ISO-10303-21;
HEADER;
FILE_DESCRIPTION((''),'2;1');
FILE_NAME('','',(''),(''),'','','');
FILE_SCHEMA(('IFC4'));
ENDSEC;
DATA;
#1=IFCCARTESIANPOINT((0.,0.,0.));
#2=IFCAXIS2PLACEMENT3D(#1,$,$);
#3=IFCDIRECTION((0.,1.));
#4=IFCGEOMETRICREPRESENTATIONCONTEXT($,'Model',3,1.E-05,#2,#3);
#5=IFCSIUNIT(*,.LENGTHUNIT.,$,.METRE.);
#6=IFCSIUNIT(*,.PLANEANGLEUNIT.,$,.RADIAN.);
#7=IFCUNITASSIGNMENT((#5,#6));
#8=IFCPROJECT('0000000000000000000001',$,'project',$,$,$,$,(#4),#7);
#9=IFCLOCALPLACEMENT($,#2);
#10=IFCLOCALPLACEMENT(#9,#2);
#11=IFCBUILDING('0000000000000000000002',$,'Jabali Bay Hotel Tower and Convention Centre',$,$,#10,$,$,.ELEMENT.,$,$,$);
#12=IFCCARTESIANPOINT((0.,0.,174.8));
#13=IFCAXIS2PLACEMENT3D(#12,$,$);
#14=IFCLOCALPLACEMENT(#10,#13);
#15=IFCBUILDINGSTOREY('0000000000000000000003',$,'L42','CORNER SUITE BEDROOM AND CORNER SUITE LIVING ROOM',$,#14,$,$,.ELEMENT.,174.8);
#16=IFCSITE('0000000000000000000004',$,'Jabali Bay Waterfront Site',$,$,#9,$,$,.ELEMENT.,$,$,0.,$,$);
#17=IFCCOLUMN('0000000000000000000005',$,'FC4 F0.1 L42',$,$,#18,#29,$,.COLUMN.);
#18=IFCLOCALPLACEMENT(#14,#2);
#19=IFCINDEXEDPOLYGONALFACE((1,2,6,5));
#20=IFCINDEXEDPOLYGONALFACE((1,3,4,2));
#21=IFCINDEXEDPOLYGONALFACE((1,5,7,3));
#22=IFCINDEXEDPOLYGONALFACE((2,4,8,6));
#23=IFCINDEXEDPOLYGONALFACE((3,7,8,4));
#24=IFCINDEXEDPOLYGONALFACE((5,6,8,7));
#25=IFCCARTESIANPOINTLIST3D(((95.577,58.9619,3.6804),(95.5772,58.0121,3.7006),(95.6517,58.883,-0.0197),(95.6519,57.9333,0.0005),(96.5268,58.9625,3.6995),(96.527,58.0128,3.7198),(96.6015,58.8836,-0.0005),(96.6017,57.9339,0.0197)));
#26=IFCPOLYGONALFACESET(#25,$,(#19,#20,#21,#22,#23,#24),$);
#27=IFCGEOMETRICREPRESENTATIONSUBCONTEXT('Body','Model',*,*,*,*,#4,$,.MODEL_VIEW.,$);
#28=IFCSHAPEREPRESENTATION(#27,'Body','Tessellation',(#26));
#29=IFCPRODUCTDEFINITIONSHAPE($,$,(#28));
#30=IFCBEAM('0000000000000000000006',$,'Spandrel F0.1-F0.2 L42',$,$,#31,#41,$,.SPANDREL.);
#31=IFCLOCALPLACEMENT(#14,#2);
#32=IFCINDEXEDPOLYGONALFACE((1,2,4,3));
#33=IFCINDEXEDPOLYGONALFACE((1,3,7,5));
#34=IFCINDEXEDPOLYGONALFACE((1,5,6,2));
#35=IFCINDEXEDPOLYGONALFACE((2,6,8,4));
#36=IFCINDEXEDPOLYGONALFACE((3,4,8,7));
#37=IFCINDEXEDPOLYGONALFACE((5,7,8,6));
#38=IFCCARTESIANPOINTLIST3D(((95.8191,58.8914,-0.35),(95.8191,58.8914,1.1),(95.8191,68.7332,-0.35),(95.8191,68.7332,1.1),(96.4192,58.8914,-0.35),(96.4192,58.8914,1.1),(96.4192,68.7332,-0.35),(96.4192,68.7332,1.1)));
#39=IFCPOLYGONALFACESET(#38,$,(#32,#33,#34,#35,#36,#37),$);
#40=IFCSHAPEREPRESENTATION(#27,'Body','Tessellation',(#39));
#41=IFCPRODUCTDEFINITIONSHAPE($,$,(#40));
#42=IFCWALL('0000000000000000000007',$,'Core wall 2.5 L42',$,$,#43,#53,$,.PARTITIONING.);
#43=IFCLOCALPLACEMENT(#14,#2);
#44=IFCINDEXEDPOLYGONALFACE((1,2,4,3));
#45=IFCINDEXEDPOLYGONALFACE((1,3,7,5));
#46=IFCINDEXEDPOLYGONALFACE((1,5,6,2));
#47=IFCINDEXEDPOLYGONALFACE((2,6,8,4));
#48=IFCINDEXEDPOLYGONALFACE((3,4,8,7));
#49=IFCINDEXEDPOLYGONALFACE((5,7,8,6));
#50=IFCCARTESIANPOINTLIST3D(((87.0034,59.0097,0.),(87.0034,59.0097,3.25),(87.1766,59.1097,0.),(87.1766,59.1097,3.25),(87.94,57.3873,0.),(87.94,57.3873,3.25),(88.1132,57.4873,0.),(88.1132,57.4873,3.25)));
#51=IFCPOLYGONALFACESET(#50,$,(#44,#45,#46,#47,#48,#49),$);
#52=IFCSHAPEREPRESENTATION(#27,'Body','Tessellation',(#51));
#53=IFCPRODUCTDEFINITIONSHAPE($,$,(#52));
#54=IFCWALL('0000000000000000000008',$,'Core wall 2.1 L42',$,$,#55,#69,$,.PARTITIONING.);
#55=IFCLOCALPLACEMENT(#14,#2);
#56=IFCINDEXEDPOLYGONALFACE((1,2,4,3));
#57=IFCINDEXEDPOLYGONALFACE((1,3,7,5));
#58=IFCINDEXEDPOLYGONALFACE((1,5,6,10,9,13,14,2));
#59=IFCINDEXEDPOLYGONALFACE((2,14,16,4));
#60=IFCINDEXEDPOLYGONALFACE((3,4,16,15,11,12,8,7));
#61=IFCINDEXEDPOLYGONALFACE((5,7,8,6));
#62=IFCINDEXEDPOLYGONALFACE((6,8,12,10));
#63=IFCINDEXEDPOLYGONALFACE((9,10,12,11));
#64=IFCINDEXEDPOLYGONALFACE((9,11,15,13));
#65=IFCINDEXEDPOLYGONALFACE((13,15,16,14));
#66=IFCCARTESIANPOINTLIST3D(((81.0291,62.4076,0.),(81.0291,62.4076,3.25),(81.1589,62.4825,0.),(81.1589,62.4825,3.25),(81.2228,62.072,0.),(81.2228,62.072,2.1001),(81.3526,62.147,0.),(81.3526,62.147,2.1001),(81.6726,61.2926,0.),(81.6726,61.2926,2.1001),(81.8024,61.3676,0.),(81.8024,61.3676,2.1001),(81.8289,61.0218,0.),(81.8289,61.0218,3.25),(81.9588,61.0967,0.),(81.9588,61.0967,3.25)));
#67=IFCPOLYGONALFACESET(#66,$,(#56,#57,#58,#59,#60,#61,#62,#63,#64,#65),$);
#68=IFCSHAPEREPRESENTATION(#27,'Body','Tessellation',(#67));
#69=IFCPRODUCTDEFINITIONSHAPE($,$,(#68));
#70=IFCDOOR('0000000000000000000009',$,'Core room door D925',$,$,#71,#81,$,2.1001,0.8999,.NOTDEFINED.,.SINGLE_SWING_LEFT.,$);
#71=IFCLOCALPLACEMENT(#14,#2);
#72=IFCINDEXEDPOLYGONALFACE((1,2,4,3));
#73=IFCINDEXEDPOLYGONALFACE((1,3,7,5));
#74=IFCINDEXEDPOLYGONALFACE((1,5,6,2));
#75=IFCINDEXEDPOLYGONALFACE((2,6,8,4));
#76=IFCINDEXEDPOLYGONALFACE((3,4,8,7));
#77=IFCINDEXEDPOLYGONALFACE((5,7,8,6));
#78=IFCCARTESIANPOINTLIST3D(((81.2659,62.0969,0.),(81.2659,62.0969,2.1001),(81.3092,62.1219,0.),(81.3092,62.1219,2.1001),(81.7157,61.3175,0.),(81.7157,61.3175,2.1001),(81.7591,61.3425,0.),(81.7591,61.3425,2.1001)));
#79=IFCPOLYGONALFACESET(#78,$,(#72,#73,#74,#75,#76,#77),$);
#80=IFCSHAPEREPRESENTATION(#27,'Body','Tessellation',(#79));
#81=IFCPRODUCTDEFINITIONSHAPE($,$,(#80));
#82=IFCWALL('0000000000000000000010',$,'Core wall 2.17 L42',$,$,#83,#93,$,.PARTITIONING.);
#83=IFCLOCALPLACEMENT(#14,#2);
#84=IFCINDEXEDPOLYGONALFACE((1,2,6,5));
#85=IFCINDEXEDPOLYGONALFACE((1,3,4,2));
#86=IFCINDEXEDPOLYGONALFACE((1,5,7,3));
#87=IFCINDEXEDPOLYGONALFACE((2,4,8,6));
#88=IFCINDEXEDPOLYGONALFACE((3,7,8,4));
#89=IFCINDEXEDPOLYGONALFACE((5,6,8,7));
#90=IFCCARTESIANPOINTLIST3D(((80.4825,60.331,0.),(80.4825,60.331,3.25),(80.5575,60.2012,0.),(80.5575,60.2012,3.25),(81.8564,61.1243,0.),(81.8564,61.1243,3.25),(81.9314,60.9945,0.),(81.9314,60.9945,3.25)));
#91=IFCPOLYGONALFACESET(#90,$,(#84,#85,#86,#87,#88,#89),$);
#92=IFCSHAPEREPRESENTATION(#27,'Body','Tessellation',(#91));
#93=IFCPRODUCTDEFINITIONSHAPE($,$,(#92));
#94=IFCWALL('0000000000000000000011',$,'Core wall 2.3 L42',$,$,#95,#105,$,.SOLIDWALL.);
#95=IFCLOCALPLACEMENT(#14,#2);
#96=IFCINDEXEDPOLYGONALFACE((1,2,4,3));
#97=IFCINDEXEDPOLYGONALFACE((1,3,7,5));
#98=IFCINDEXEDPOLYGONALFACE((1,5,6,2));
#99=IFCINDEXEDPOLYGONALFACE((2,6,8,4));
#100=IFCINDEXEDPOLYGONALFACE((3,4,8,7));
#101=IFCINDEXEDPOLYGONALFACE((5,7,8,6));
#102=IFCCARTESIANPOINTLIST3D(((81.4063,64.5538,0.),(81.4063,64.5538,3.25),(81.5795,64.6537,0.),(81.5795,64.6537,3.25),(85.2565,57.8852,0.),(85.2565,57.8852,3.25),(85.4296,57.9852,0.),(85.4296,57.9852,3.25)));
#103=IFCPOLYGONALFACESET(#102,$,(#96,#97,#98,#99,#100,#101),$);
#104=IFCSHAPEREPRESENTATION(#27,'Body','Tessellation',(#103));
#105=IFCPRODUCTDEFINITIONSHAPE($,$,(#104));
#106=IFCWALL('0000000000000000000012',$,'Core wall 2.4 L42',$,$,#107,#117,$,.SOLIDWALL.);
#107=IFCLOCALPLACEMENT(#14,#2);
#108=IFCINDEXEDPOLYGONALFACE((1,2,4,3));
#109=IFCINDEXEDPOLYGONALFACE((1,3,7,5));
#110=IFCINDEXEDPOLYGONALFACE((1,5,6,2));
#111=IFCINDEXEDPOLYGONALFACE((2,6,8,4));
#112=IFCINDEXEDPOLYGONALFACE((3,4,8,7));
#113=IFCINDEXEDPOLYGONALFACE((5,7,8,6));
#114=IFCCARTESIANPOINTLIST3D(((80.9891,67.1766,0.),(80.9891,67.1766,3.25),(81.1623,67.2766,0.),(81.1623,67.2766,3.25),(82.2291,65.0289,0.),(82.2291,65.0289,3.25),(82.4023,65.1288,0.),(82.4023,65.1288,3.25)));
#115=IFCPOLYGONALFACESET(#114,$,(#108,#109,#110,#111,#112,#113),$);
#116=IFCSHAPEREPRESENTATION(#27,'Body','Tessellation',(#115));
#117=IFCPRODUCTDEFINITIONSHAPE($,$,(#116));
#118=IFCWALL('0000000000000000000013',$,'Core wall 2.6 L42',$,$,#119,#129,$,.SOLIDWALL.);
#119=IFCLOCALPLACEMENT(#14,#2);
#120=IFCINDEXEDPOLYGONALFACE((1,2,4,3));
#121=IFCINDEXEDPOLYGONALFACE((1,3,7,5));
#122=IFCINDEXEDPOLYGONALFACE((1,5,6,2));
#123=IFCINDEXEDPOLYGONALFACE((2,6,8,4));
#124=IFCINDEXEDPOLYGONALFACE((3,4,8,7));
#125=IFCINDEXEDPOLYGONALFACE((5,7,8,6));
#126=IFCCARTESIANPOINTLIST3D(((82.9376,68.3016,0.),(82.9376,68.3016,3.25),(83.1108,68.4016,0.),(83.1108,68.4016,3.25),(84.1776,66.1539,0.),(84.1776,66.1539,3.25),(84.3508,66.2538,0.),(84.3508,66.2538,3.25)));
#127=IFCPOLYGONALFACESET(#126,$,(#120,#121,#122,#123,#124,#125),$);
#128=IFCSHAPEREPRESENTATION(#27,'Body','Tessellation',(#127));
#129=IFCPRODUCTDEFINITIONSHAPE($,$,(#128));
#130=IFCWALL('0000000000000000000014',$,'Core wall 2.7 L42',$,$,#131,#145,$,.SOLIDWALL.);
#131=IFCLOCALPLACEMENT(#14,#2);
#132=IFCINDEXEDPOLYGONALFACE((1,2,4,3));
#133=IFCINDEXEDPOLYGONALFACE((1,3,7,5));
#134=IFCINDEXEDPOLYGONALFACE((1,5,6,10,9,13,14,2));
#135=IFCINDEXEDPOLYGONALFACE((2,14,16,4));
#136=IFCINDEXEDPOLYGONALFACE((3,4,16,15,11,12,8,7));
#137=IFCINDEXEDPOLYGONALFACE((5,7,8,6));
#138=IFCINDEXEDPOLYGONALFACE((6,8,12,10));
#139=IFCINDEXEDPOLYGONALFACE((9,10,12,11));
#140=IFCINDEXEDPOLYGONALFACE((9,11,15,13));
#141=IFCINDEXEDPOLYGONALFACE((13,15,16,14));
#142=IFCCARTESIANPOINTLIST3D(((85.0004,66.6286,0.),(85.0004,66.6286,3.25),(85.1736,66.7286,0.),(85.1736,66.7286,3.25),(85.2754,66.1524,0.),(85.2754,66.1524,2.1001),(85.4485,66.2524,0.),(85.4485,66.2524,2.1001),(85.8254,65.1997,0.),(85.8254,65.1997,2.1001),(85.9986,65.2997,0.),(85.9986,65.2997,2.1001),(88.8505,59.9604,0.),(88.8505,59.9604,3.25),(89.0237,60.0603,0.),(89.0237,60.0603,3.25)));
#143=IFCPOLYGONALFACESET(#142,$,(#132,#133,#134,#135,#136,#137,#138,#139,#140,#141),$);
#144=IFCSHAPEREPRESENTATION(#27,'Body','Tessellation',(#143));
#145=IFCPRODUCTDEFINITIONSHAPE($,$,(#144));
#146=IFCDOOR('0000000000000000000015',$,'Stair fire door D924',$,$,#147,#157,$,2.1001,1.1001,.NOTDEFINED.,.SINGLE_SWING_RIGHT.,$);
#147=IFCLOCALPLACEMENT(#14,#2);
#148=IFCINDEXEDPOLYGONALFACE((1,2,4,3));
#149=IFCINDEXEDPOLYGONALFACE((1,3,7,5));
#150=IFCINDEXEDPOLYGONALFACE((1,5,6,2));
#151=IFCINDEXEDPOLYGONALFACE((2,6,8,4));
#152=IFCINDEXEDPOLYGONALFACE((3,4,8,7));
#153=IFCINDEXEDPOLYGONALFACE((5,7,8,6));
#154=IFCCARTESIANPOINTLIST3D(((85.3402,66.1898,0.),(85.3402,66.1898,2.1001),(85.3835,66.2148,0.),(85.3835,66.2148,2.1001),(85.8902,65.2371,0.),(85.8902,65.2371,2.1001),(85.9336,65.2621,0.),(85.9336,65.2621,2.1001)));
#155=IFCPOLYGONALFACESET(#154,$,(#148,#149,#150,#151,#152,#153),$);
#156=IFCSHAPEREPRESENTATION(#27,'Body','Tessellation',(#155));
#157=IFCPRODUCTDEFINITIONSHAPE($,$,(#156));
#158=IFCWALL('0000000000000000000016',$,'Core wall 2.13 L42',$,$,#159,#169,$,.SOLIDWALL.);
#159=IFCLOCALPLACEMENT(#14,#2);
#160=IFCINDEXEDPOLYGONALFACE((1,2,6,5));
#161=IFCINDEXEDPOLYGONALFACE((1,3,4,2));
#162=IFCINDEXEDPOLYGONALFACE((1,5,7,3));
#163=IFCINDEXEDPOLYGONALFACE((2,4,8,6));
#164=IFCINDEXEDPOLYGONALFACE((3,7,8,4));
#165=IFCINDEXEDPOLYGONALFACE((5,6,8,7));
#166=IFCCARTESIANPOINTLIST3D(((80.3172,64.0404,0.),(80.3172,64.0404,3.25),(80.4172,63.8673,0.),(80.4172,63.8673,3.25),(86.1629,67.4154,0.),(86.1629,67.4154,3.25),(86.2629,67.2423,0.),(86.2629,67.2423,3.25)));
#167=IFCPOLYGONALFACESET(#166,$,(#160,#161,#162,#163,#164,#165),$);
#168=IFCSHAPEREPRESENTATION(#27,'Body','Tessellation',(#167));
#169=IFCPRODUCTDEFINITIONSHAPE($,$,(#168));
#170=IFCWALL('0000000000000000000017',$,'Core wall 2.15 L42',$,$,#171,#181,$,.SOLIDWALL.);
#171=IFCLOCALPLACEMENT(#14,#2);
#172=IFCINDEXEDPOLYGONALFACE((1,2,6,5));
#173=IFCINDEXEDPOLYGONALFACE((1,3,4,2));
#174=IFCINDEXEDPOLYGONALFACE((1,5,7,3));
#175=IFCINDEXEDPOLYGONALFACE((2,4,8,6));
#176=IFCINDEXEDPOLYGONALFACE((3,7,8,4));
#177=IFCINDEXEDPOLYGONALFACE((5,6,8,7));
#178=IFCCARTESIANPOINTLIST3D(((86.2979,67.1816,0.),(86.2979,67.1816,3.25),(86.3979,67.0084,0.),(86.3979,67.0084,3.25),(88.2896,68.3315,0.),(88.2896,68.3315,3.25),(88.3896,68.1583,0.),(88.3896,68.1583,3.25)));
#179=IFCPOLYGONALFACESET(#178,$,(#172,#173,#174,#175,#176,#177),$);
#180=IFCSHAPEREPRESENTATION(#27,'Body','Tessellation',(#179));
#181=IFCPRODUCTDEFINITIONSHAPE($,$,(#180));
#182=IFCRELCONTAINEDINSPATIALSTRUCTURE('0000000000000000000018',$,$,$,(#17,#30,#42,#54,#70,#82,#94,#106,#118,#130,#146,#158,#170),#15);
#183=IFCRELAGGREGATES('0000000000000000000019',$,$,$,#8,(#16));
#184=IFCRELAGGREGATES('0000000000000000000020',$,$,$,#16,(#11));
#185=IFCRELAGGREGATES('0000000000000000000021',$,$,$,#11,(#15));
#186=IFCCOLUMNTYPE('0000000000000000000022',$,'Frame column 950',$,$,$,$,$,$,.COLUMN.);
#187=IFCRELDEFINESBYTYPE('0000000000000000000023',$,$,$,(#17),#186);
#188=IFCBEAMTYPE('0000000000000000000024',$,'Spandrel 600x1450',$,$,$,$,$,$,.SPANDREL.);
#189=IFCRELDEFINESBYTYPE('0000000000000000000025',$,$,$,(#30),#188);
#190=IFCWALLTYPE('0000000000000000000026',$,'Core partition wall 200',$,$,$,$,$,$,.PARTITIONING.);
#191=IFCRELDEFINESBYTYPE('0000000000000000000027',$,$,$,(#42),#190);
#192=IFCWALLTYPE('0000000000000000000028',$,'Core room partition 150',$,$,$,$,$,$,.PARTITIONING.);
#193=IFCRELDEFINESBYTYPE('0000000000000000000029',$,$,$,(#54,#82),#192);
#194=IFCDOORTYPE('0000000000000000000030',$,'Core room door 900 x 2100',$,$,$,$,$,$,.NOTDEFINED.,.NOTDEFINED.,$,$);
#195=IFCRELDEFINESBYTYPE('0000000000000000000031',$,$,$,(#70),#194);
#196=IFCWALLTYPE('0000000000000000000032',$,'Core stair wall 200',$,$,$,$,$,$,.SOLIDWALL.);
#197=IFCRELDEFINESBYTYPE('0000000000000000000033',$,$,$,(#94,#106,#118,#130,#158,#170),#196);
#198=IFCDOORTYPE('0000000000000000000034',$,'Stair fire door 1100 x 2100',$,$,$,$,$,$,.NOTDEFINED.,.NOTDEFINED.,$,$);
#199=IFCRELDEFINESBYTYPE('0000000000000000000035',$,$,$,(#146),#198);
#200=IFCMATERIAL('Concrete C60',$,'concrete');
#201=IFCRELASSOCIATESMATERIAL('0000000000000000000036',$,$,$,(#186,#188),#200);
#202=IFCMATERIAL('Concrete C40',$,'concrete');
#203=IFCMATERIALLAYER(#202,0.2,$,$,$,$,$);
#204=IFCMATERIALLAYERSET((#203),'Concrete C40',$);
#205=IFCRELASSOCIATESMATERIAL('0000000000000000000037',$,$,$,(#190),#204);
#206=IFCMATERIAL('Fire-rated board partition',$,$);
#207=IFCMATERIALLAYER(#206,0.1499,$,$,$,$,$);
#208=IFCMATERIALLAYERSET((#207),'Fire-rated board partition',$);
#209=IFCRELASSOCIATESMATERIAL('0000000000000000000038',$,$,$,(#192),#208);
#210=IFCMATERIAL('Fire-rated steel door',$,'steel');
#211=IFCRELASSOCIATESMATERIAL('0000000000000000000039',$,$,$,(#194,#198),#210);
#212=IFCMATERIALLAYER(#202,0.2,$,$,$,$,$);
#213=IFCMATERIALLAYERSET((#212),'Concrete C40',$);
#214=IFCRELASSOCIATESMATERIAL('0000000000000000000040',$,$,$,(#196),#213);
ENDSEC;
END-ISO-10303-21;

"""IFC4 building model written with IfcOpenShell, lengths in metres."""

from ifc_helpers import new_model, si_unit, direction, frame, frame_2d, origin, origin_2d, place, context, subcontext, project, spatial, rectangle, extrude, material, layer, layer_set, material_profile, profile_set, type_object, element, fill, save


model = new_model("IFC4")

# Units and contexts
model_context = context("Model", 3, precision=1e-05, world=origin(), true_north=direction((0.0, 1.0)))
body_context = subcontext(model_context, "Body", "Model", "MODEL_VIEW")
ifc_project = project(units=[si_unit("LENGTHUNIT", "METRE"), si_unit("PLANEANGLEUNIT", "RADIAN")], contexts=[model_context])

# Site, building, storey
site_placement = place(None, origin())
site = spatial("IfcSite", under=ifc_project, at=site_placement, Name="Jabali Bay Waterfront Site", CompositionType="ELEMENT", RefElevation=0.0)
building_placement = place(site_placement, origin())
building = spatial("IfcBuilding", under=site, at=building_placement, Name="Jabali Bay Hotel Tower and Convention Centre", CompositionType="ELEMENT")
storey_placement = place(building_placement, frame((0.0, 0.0, 174.8)))
storey = spatial("IfcBuildingStorey", under=building, at=storey_placement, Name="L42", Description="CORNER SUITE BEDROOM AND CORNER SUITE LIVING ROOM", CompositionType="ELEMENT", Elevation=174.8)

# Column
ifc_material_1 = material(Name="Concrete C60", Category="concrete")
ifc_material_profile_1 = material_profile(ifc_material_1, rectangle(XDim=0.95, YDim=0.95, at=origin_2d()), Name="Frame column 950")
ifc_profile_set_1 = profile_set([ifc_material_profile_1], Name="Concrete C60")
column_type = type_object("IfcColumnType", Name="Frame column 950", PredefinedType="COLUMN", material=ifc_profile_set_1)
column_placement = place(storey_placement, frame((96.1267, 58.4084, 0.0), z_axis=(-0.020183, 0.021304, 0.999569), x_axis=(0.000228, -0.999773, 0.021313)))
element("IfcColumn", 1, at=column_placement, inside=storey, type_object=column_type, Name="FC4 F0.1 L42", PredefinedType="COLUMN", context=body_context, shape_type="SweptSolid", body=[
    extrude(rectangle(XDim=0.95, YDim=0.95, at=origin_2d()), origin(), (0.0, 0.0, 1.0), 3.7017),
])

# Beam
ifc_material_profile_2 = material_profile(ifc_material_1, rectangle(XDim=0.6001, YDim=1.45, at=origin_2d()), Name="Spandrel 600x1450")
ifc_profile_set_2 = profile_set([ifc_material_profile_2], Name="Concrete C60")
beam_type = type_object("IfcBeamType", Name="Spandrel 600x1450", PredefinedType="SPANDREL", material=ifc_profile_set_2)
beam_placement = place(storey_placement, frame((96.1191, 58.8914, 0.375), z_axis=(0.0, 1.0, 0.0), x_axis=(-1.0, 0.0, 0.0)))
element("IfcBeam", 2, at=beam_placement, inside=storey, type_object=beam_type, Name="Spandrel F0.1-F0.2 L42", PredefinedType="SPANDREL", context=body_context, shape_type="SweptSolid", body=[
    extrude(rectangle(XDim=0.6001, YDim=1.45, at=origin_2d()), origin(), (0.0, 0.0, 1.0), 9.8418),
])

# Wall
ifc_material_2 = material(Name="Concrete C40", Category="concrete")
ifc_layer_1 = layer(ifc_material_2, 0.2)
ifc_layer_set_1 = layer_set([ifc_layer_1], Name="Concrete C40")
wall_type_1 = type_object("IfcWallType", Name="Core partition wall 200", PredefinedType="PARTITIONING", material=ifc_layer_set_1)
wall_1_placement = place(storey_placement, frame((87.0901, 59.0596, 0.0), z_axis=(0.0, 0.0, 1.0), x_axis=(0.499952, -0.866053, 0.0)))
element("IfcWall", 3, at=wall_1_placement, inside=storey, type_object=wall_type_1, Name="Core wall 2.5 L42", PredefinedType="PARTITIONING", context=body_context, shape_type="SweptSolid", body=[
    extrude(rectangle(XDim=1.8733, YDim=0.2, at=frame_2d((0.9365, 0.0))), origin(), (0.0, 0.0, 1.0), 3.25),
])

# Wall, opening, door
ifc_material_3 = material(Name="Fire-rated board partition")
ifc_layer_2 = layer(ifc_material_3, 0.1499)
ifc_layer_set_2 = layer_set([ifc_layer_2], Name="Fire-rated board partition")
wall_type_2 = type_object("IfcWallType", Name="Core room partition 150", PredefinedType="PARTITIONING", material=ifc_layer_set_2)
wall_2_placement = place(storey_placement, frame((81.094, 62.4451, 0.0), z_axis=(0.0, 0.0, 1.0), x_axis=(0.499881, -0.866094, 0.0)))
wall_2 = element("IfcWall", 4, at=wall_2_placement, inside=storey, type_object=wall_type_2, Name="Core wall 2.1 L42", PredefinedType="PARTITIONING", context=body_context, shape_type="SweptSolid", body=[
    extrude(rectangle(XDim=1.6001, YDim=0.1499, at=frame_2d((0.8, 0.0))), origin(), (0.0, 0.0, 1.0), 3.25),
])
opening_1_placement = place(wall_2_placement, frame((0.3875, 0.0, 0.0)))
opening_1 = element("IfcOpeningElement", 5, at=opening_1_placement, cuts=wall_2, PredefinedType="OPENING", context=body_context, shape_type="SweptSolid", body=[
    extrude(rectangle(XDim=0.8999, YDim=2.1001, at=frame_2d((0.45, 1.05))), frame((0.0, 0.0854, 0.0), z_axis=(0.0, -1.0, 0.0), x_axis=(1.0, 0.0, 0.0)), (0.0, 0.0, 1.0), 0.1709),
])
ifc_material_4 = material(Name="Fire-rated steel door", Category="steel")
door_type_1 = type_object("IfcDoorType", Name="Core room door 900 x 2100", OperationType="NOTDEFINED", PredefinedType="NOTDEFINED", material=ifc_material_4)
door_1_placement = place(opening_1_placement, origin())
door_1 = element("IfcDoor", 6, at=door_1_placement, inside=storey, type_object=door_type_1, Name="Core room door D925", OperationType="SINGLE_SWING_LEFT", OverallHeight=2.1001, OverallWidth=0.8999, PredefinedType="NOTDEFINED", context=body_context, shape_type="SweptSolid", body=[
    extrude(rectangle(XDim=0.8999, YDim=2.1001, at=frame_2d((0.45, 1.05))), frame((0.0, 0.0249, 0.0), z_axis=(0.0, -1.0, 0.0), x_axis=(1.0, 0.0, 0.0)), (0.0, 0.0, 1.0), 0.05),
])
fill(opening_1, door_1)

# Walls
wall_3_placement = place(storey_placement, frame((80.52, 60.2661, 0.0), z_axis=(0.0, 0.0, 1.0), x_axis=(0.866009, 0.500029, 0.0)))
element("IfcWall", 7, at=wall_3_placement, inside=storey, type_object=wall_type_2, Name="Core wall 2.17 L42", PredefinedType="PARTITIONING", context=body_context, shape_type="SweptSolid", body=[
    extrude(rectangle(XDim=1.5864, YDim=0.1499, at=frame_2d((0.7932, 0.0))), origin(), (0.0, 0.0, 1.0), 3.25),
])
ifc_layer_3 = layer(ifc_material_2, 0.2)
ifc_layer_set_3 = layer_set([ifc_layer_3], Name="Concrete C40")
wall_type_3 = type_object("IfcWallType", Name="Core stair wall 200", PredefinedType="SOLIDWALL", material=ifc_layer_set_3)
wall_4_placement = place(storey_placement, frame((81.4929, 64.6038, 0.0), z_axis=(0.0, 0.0, 1.0), x_axis=(0.500006, -0.866022, 0.0)))
element("IfcWall", 8, at=wall_4_placement, inside=storey, type_object=wall_type_3, Name="Core wall 2.3 L42", PredefinedType="SOLIDWALL", context=body_context, shape_type="SweptSolid", body=[
    extrude(rectangle(XDim=7.7002, YDim=0.2, at=frame_2d((3.8501, 0.0))), origin(), (0.0, 0.0, 1.0), 3.25),
])
for number, where, z_axis, x_axis, name in (
    (9, (81.0757, 67.2266, 0.0), (0.0, 0.0, 1.0), (0.500004, -0.866023, 0.0), "Core wall 2.4 L42"),
    (10, (83.0242, 68.3516, 0.0), (0.0, 0.0, 1.0), (0.500004, -0.866023, 0.0), "Core wall 2.6 L42"),
):
    element("IfcWall", number, at=place(storey_placement, frame(where, z_axis=z_axis, x_axis=x_axis)), inside=storey, type_object=wall_type_3, Name=name, PredefinedType="SOLIDWALL", context=body_context, shape_type="SweptSolid", body=[
        extrude(rectangle(XDim=2.48, YDim=0.2, at=frame_2d((1.24, 0.0))), origin(), (0.0, 0.0, 1.0), 3.25),
    ])

# Wall, opening, door
wall_5_placement = place(storey_placement, frame((85.0869, 66.6787, 0.0), z_axis=(0.0, 0.0, 1.0), x_axis=(0.50002, -0.866014, 0.0)))
wall_5 = element("IfcWall", 11, at=wall_5_placement, inside=storey, type_object=wall_type_3, Name="Core wall 2.7 L42", PredefinedType="SOLIDWALL", context=body_context, shape_type="SweptSolid", body=[
    extrude(rectangle(XDim=7.7, YDim=0.2, at=frame_2d((3.8501, 0.0))), origin(), (0.0, 0.0, 1.0), 3.25),
])
opening_2_placement = place(wall_5_placement, frame((0.55, 0.0, 0.0)))
opening_2 = element("IfcOpeningElement", 12, at=opening_2_placement, cuts=wall_5, PredefinedType="OPENING", context=body_context, shape_type="SweptSolid", body=[
    extrude(rectangle(XDim=1.1001, YDim=2.1001, at=frame_2d((0.55, 1.05))), frame((0.0, 0.1104, 0.0), z_axis=(0.0, -1.0, 0.0), x_axis=(1.0, 0.0, 0.0)), (0.0, 0.0, 1.0), 0.2209),
])
door_type_2 = type_object("IfcDoorType", Name="Stair fire door 1100 x 2100", OperationType="NOTDEFINED", PredefinedType="NOTDEFINED", material=ifc_material_4)
door_2_placement = place(opening_2_placement, origin())
door_2 = element("IfcDoor", 13, at=door_2_placement, inside=storey, type_object=door_type_2, Name="Stair fire door D924", OperationType="SINGLE_SWING_RIGHT", OverallHeight=2.1001, OverallWidth=1.1001, PredefinedType="NOTDEFINED", context=body_context, shape_type="SweptSolid", body=[
    extrude(rectangle(XDim=1.1001, YDim=2.1001, at=frame_2d((0.55, 1.05))), frame((0.0, 0.0249, 0.0), z_axis=(0.0, -1.0, 0.0), x_axis=(1.0, 0.0, 0.0)), (0.0, 0.0, 1.0), 0.05),
])
fill(opening_2, door_2)

# Walls
wall_6_placement = place(storey_placement, frame((80.3672, 63.9539, 0.0), z_axis=(0.0, 0.0, 1.0), x_axis=(0.866027, 0.499998, 0.0)))
element("IfcWall", 14, at=wall_6_placement, inside=storey, type_object=wall_type_3, Name="Core wall 2.13 L42", PredefinedType="SOLIDWALL", context=body_context, shape_type="SweptSolid", body=[
    extrude(rectangle(XDim=6.75, YDim=0.2, at=frame_2d((3.375, 0.0))), origin(), (0.0, 0.0, 1.0), 3.25),
])
wall_7_placement = place(storey_placement, frame((86.3479, 67.095, 0.0), z_axis=(0.0, 0.0, 1.0), x_axis=(0.866026, 0.499998, 0.0)))
element("IfcWall", 15, at=wall_7_placement, inside=storey, type_object=wall_type_3, Name="Core wall 2.15 L42", PredefinedType="SOLIDWALL", context=body_context, shape_type="SweptSolid", body=[
    extrude(rectangle(XDim=2.2998, YDim=0.2, at=frame_2d((1.1499, 0.0))), origin(), (0.0, 0.0, 1.0), 3.25),
])

save(model, "model.ifc")
